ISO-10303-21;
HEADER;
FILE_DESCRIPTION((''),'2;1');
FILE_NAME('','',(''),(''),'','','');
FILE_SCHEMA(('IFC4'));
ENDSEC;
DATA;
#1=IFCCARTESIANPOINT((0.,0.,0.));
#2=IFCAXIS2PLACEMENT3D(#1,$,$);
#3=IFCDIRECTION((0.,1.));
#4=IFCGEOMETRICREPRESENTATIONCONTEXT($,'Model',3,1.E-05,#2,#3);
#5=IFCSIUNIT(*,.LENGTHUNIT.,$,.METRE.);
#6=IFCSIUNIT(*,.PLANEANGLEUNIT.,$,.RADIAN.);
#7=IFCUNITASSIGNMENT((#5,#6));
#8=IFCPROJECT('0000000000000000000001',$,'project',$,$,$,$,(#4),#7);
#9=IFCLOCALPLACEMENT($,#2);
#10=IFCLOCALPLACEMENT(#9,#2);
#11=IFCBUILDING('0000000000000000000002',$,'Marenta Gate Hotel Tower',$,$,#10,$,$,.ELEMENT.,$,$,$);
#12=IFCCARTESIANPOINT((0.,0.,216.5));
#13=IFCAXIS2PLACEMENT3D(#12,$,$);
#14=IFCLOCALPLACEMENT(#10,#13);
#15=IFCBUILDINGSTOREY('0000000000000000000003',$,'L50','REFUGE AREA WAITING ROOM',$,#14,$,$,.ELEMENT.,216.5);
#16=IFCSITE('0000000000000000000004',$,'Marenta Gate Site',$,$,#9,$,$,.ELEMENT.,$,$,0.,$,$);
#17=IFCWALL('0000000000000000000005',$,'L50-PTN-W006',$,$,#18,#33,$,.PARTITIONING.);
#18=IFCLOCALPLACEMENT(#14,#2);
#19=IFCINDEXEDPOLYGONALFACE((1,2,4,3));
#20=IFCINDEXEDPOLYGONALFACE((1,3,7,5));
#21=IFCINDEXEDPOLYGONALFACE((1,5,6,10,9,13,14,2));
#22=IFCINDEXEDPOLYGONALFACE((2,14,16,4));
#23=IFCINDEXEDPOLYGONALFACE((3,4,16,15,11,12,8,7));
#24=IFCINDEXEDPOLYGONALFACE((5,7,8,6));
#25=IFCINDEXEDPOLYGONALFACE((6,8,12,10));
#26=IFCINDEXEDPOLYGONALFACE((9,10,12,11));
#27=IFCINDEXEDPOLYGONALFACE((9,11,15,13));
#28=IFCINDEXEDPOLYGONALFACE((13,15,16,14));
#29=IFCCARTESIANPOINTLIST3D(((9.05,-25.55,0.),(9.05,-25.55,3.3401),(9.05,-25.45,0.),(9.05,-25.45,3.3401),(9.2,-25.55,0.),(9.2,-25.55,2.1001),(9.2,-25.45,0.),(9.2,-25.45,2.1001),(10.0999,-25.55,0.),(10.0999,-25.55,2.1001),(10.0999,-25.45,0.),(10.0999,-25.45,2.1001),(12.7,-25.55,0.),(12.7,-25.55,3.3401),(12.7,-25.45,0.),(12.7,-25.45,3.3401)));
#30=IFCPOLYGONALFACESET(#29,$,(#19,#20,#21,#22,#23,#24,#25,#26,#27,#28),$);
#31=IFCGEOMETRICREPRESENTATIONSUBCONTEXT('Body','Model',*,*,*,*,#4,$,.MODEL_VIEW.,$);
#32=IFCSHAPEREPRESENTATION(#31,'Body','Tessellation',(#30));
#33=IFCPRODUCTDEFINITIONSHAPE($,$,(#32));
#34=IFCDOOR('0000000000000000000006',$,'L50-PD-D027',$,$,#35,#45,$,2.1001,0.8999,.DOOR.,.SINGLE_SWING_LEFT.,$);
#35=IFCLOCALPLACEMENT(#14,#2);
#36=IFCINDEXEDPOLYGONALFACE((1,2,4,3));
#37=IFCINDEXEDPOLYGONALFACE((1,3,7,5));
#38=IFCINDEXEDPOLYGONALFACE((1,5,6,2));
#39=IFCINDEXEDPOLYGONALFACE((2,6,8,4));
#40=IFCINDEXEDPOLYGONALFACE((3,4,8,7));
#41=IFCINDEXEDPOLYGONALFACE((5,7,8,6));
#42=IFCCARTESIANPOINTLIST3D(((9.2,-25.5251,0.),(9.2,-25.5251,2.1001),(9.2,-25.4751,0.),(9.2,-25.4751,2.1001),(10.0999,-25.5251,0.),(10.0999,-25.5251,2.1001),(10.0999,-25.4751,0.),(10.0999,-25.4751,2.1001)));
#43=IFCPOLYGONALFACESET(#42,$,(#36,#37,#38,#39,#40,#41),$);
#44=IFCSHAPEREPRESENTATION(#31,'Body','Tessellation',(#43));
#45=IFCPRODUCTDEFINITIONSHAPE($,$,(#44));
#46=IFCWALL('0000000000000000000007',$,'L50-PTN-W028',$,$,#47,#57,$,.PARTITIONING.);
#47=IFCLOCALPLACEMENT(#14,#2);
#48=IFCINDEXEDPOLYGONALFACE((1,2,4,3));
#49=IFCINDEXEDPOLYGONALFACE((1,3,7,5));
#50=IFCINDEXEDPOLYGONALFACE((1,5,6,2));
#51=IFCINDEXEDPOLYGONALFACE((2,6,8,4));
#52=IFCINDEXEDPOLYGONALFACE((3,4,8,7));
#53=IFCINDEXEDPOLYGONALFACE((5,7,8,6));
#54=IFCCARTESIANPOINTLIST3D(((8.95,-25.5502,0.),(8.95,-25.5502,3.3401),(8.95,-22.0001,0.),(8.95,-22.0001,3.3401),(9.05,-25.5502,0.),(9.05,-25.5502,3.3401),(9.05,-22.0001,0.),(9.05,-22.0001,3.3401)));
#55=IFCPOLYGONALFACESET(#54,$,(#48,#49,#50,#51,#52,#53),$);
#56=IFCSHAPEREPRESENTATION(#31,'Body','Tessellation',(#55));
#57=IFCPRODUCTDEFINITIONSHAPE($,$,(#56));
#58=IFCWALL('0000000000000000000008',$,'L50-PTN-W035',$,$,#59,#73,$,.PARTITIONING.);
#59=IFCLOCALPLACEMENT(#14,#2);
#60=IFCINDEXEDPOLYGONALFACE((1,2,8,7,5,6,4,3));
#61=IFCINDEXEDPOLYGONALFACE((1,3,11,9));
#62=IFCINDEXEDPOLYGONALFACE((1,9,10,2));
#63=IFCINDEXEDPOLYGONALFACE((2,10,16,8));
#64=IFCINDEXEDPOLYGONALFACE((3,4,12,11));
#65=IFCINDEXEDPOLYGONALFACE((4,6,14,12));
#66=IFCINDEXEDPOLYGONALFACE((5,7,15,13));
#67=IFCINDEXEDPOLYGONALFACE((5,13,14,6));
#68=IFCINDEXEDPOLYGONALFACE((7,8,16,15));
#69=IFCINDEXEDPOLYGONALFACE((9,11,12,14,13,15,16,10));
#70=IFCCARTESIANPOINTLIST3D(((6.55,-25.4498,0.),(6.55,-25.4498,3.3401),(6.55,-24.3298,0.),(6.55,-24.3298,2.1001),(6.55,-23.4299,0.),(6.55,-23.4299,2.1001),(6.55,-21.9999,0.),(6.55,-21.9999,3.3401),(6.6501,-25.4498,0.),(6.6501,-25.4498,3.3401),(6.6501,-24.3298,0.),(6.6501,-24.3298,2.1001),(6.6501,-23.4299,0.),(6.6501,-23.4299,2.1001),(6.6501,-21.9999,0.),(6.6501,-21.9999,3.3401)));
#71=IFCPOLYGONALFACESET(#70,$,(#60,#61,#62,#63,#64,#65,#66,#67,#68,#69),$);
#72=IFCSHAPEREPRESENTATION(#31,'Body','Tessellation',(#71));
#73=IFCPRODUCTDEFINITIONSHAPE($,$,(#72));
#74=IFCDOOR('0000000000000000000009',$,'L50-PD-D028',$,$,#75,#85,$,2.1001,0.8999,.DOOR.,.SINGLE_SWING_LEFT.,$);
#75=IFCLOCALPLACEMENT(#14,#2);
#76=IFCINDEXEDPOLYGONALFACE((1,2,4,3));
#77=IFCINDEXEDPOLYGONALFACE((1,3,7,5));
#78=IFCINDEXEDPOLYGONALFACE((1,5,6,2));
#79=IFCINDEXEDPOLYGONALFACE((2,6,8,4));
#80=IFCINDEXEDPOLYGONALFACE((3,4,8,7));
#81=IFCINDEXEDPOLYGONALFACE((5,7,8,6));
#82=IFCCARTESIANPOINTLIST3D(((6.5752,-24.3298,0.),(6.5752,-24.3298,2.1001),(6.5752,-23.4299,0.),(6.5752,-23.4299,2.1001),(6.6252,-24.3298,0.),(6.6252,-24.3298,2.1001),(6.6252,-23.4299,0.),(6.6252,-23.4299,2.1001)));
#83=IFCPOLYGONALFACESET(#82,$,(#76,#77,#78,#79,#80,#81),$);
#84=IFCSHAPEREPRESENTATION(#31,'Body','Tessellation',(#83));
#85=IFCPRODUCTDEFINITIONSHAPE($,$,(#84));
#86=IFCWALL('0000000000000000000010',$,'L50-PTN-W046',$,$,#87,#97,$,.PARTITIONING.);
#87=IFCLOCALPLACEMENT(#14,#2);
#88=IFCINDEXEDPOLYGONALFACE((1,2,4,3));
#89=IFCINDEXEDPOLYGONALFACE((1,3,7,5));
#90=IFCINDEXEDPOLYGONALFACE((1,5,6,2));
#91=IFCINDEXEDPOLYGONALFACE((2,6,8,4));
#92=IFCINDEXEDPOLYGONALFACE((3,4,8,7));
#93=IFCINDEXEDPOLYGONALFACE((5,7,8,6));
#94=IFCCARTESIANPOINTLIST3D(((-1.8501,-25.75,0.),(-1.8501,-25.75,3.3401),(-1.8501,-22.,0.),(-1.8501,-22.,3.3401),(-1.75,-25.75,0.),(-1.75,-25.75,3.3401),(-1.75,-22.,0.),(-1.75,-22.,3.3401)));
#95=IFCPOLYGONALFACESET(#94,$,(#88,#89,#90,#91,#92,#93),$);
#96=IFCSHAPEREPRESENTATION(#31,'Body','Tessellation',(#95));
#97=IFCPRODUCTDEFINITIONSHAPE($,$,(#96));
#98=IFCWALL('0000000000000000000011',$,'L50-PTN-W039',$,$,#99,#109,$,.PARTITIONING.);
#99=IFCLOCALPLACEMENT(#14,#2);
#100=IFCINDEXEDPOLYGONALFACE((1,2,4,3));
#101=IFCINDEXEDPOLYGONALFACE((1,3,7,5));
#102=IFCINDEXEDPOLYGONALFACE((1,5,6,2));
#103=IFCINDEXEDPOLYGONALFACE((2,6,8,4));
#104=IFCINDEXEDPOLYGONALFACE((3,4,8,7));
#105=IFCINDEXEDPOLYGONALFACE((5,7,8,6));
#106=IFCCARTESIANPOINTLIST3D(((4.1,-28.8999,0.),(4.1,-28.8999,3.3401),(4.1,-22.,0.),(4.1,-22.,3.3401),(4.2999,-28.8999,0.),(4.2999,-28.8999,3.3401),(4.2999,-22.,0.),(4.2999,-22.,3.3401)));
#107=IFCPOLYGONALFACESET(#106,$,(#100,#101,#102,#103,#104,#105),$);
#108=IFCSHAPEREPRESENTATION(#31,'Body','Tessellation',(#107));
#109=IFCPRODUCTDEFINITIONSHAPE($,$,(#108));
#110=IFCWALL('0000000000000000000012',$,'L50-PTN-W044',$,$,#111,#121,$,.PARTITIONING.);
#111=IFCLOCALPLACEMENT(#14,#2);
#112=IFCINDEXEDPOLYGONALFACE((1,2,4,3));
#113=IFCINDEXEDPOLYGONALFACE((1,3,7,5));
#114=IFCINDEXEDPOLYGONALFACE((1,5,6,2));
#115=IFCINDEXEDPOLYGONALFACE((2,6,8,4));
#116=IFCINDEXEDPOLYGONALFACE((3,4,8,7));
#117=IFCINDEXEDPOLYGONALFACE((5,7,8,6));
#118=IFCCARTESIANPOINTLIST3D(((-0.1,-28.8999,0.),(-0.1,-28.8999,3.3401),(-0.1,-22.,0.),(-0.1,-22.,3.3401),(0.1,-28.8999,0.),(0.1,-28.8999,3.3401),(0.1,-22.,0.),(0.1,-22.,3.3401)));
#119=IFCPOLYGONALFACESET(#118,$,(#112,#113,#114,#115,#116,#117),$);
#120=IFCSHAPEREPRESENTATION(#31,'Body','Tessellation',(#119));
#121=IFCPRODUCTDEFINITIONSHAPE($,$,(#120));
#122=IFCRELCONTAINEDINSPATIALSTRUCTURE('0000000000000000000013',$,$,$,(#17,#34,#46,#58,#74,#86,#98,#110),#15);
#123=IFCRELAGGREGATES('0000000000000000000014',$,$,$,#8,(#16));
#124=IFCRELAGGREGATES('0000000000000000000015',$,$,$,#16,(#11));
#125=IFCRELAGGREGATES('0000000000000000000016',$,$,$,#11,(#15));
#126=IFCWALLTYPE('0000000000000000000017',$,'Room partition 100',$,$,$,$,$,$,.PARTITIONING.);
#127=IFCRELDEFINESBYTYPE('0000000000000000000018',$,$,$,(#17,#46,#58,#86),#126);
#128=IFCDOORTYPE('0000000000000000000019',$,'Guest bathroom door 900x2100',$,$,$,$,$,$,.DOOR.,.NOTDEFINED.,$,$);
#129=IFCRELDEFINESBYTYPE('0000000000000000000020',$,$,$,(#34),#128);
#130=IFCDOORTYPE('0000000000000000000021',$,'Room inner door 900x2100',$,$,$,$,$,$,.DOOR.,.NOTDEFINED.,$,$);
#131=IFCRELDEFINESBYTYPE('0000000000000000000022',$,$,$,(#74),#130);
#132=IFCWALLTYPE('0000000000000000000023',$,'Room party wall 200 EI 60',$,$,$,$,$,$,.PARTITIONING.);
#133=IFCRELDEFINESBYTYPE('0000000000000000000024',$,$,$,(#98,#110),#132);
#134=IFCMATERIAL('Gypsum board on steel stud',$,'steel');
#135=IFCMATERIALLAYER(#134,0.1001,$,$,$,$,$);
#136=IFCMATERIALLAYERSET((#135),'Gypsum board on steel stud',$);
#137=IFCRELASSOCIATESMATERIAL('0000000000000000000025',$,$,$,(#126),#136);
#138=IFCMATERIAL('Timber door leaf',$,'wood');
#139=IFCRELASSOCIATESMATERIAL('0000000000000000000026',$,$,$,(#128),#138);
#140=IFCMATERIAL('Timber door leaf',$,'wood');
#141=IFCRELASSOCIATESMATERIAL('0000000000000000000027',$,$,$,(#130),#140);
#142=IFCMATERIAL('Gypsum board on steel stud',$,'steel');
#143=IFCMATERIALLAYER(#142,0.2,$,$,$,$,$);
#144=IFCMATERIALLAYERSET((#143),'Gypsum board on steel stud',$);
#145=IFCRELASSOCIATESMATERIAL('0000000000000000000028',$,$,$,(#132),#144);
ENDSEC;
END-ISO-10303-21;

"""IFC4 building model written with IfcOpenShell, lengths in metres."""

from ifc_helpers import new_model, si_unit, direction, frame, frame_2d, origin, place, context, subcontext, project, spatial, rectangle, extrude, material, layer, layer_set, type_object, element, fill, save


model = new_model("IFC4")

# Units and contexts
model_context = context("Model", 3, precision=1e-05, world=origin(), true_north=direction((0.0, 1.0)))
body_context = subcontext(model_context, "Body", "Model", "MODEL_VIEW")
ifc_project = project(units=[si_unit("LENGTHUNIT", "METRE"), si_unit("PLANEANGLEUNIT", "RADIAN")], contexts=[model_context])

# Site, building, storey
site_placement = place(None, origin())
site = spatial("IfcSite", under=ifc_project, at=site_placement, Name="Marenta Gate Site", CompositionType="ELEMENT", RefElevation=0.0)
building_placement = place(site_placement, origin())
building = spatial("IfcBuilding", under=site, at=building_placement, Name="Marenta Gate Hotel Tower", CompositionType="ELEMENT")
storey_placement = place(building_placement, frame((0.0, 0.0, 216.5)))
storey = spatial("IfcBuildingStorey", under=building, at=storey_placement, Name="L50", Description="REFUGE AREA WAITING ROOM", CompositionType="ELEMENT", Elevation=216.5)

# Shared definitions
ifc_material_1 = material(Name="Gypsum board on steel stud", Category="steel")
ifc_layer_1 = layer(ifc_material_1, 0.1001)
ifc_layer_set_1 = layer_set([ifc_layer_1], Name="Gypsum board on steel stud")
wall_type_1 = type_object("IfcWallType", Name="Room partition 100", PredefinedType="PARTITIONING", material=ifc_layer_set_1)

# Wall, opening, door
wall_1_placement = place(storey_placement, frame((9.05, -25.5, 0.0), z_axis=(0.0, 0.0, 1.0), x_axis=(1.0, 0.0, 0.0)))
wall_1 = element("IfcWall", 1, at=wall_1_placement, inside=storey, type_object=wall_type_1, Name="L50-PTN-W006", PredefinedType="PARTITIONING", context=body_context, shape_type="SweptSolid", body=[
    extrude(rectangle(XDim=3.6499, YDim=0.1001, at=frame_2d((1.825, 0.0))), origin(), (0.0, 0.0, 1.0), 3.3401),
])
opening_1_placement = place(wall_1_placement, frame((0.1499, 0.0, 0.0)))
opening_1 = element("IfcOpeningElement", 2, at=opening_1_placement, cuts=wall_1, PredefinedType="OPENING", context=body_context, shape_type="SweptSolid", body=[
    extrude(rectangle(XDim=0.8999, YDim=2.1001, at=frame_2d((0.45, 1.05))), frame((0.0, 0.05, 0.0), z_axis=(0.0, -1.0, 0.0), x_axis=(1.0, 0.0, 0.0)), (0.0, 0.0, 1.0), 0.1001),
])
ifc_material_2 = material(Name="Timber door leaf", Category="wood")
door_type_1 = type_object("IfcDoorType", Name="Guest bathroom door 900x2100", OperationType="NOTDEFINED", PredefinedType="DOOR", material=ifc_material_2)
door_1_placement = place(opening_1_placement, origin())
door_1 = element("IfcDoor", 3, at=door_1_placement, inside=storey, type_object=door_type_1, Name="L50-PD-D027", OperationType="SINGLE_SWING_LEFT", OverallHeight=2.1001, OverallWidth=0.8999, PredefinedType="DOOR", context=body_context, shape_type="SweptSolid", body=[
    extrude(rectangle(XDim=0.8999, YDim=2.1001, at=frame_2d((0.45, 1.05))), frame((0.0, 0.0249, 0.0), z_axis=(0.0, -1.0, 0.0), x_axis=(1.0, 0.0, 0.0)), (0.0, 0.0, 1.0), 0.05),
])
fill(opening_1, door_1)

# Wall
wall_2_placement = place(storey_placement, frame((9.0, -25.55, 0.0), z_axis=(0.0, 0.0, 1.0), x_axis=(0.0, 1.0, 0.0)))
element("IfcWall", 4, at=wall_2_placement, inside=storey, type_object=wall_type_1, Name="L50-PTN-W028", PredefinedType="PARTITIONING", context=body_context, shape_type="SweptSolid", body=[
    extrude(rectangle(XDim=3.55, YDim=0.1001, at=frame_2d((1.7749, 0.0))), origin(), (0.0, 0.0, 1.0), 3.3401),
])

# Wall, opening, door
wall_3_placement = place(storey_placement, frame((6.6001, -25.45, 0.0), z_axis=(0.0, 0.0, 1.0), x_axis=(0.0, 1.0, 0.0)))
wall_3 = element("IfcWall", 5, at=wall_3_placement, inside=storey, type_object=wall_type_1, Name="L50-PTN-W035", PredefinedType="PARTITIONING", context=body_context, shape_type="SweptSolid", body=[
    extrude(rectangle(XDim=3.45, YDim=0.1001, at=frame_2d((1.7251, 0.0))), origin(), (0.0, 0.0, 1.0), 3.3401),
])
opening_2_placement = place(wall_3_placement, frame((1.1201, 0.0, 0.0)))
opening_2 = element("IfcOpeningElement", 6, at=opening_2_placement, cuts=wall_3, PredefinedType="OPENING", context=body_context, shape_type="SweptSolid", body=[
    extrude(rectangle(XDim=0.8999, YDim=2.1001, at=frame_2d((0.45, 1.05))), frame((0.0, 0.05, 0.0), z_axis=(0.0, -1.0, 0.0), x_axis=(1.0, 0.0, 0.0)), (0.0, 0.0, 1.0), 0.1001),
])
ifc_material_3 = material(Name="Timber door leaf", Category="wood")
door_type_2 = type_object("IfcDoorType", Name="Room inner door 900x2100", OperationType="NOTDEFINED", PredefinedType="DOOR", material=ifc_material_3)
door_2_placement = place(opening_2_placement, origin())
door_2 = element("IfcDoor", 7, at=door_2_placement, inside=storey, type_object=door_type_2, Name="L50-PD-D028", OperationType="SINGLE_SWING_LEFT", OverallHeight=2.1001, OverallWidth=0.8999, PredefinedType="DOOR", context=body_context, shape_type="SweptSolid", body=[
    extrude(rectangle(XDim=0.8999, YDim=2.1001, at=frame_2d((0.45, 1.05))), frame((0.0, 0.0249, 0.0), z_axis=(0.0, -1.0, 0.0), x_axis=(1.0, 0.0, 0.0)), (0.0, 0.0, 1.0), 0.05),
])
fill(opening_2, door_2)

# Walls
wall_4_placement = place(storey_placement, frame((-1.8, -25.75, 0.0), z_axis=(0.0, 0.0, 1.0), x_axis=(0.0, 1.0, 0.0)))
element("IfcWall", 8, at=wall_4_placement, inside=storey, type_object=wall_type_1, Name="L50-PTN-W046", PredefinedType="PARTITIONING", context=body_context, shape_type="SweptSolid", body=[
    extrude(rectangle(XDim=3.75, YDim=0.1001, at=frame_2d((1.875, 0.0))), origin(), (0.0, 0.0, 1.0), 3.3401),
])
ifc_material_4 = material(Name="Gypsum board on steel stud", Category="steel")
ifc_layer_2 = layer(ifc_material_4, 0.2)
ifc_layer_set_2 = layer_set([ifc_layer_2], Name="Gypsum board on steel stud")
wall_type_2 = type_object("IfcWallType", Name="Room party wall 200 EI 60", PredefinedType="PARTITIONING", material=ifc_layer_set_2)
for number, where, z_axis, x_axis, name in (
    (9, (4.2, -28.8999, 0.0), (0.0, 0.0, 1.0), (0.0, 1.0, 0.0), "L50-PTN-W039"),
    (10, (0.0, -28.8999, 0.0), (0.0, 0.0, 1.0), (0.0, 1.0, 0.0), "L50-PTN-W044"),
):
    element("IfcWall", number, at=place(storey_placement, frame(where, z_axis=z_axis, x_axis=x_axis)), inside=storey, type_object=wall_type_2, Name=name, PredefinedType="PARTITIONING", context=body_context, shape_type="SweptSolid", body=[
        extrude(rectangle(XDim=6.8999, YDim=0.2, at=frame_2d((3.45, 0.0))), origin(), (0.0, 0.0, 1.0), 3.3401),
    ])

save(model, "model.ifc")
